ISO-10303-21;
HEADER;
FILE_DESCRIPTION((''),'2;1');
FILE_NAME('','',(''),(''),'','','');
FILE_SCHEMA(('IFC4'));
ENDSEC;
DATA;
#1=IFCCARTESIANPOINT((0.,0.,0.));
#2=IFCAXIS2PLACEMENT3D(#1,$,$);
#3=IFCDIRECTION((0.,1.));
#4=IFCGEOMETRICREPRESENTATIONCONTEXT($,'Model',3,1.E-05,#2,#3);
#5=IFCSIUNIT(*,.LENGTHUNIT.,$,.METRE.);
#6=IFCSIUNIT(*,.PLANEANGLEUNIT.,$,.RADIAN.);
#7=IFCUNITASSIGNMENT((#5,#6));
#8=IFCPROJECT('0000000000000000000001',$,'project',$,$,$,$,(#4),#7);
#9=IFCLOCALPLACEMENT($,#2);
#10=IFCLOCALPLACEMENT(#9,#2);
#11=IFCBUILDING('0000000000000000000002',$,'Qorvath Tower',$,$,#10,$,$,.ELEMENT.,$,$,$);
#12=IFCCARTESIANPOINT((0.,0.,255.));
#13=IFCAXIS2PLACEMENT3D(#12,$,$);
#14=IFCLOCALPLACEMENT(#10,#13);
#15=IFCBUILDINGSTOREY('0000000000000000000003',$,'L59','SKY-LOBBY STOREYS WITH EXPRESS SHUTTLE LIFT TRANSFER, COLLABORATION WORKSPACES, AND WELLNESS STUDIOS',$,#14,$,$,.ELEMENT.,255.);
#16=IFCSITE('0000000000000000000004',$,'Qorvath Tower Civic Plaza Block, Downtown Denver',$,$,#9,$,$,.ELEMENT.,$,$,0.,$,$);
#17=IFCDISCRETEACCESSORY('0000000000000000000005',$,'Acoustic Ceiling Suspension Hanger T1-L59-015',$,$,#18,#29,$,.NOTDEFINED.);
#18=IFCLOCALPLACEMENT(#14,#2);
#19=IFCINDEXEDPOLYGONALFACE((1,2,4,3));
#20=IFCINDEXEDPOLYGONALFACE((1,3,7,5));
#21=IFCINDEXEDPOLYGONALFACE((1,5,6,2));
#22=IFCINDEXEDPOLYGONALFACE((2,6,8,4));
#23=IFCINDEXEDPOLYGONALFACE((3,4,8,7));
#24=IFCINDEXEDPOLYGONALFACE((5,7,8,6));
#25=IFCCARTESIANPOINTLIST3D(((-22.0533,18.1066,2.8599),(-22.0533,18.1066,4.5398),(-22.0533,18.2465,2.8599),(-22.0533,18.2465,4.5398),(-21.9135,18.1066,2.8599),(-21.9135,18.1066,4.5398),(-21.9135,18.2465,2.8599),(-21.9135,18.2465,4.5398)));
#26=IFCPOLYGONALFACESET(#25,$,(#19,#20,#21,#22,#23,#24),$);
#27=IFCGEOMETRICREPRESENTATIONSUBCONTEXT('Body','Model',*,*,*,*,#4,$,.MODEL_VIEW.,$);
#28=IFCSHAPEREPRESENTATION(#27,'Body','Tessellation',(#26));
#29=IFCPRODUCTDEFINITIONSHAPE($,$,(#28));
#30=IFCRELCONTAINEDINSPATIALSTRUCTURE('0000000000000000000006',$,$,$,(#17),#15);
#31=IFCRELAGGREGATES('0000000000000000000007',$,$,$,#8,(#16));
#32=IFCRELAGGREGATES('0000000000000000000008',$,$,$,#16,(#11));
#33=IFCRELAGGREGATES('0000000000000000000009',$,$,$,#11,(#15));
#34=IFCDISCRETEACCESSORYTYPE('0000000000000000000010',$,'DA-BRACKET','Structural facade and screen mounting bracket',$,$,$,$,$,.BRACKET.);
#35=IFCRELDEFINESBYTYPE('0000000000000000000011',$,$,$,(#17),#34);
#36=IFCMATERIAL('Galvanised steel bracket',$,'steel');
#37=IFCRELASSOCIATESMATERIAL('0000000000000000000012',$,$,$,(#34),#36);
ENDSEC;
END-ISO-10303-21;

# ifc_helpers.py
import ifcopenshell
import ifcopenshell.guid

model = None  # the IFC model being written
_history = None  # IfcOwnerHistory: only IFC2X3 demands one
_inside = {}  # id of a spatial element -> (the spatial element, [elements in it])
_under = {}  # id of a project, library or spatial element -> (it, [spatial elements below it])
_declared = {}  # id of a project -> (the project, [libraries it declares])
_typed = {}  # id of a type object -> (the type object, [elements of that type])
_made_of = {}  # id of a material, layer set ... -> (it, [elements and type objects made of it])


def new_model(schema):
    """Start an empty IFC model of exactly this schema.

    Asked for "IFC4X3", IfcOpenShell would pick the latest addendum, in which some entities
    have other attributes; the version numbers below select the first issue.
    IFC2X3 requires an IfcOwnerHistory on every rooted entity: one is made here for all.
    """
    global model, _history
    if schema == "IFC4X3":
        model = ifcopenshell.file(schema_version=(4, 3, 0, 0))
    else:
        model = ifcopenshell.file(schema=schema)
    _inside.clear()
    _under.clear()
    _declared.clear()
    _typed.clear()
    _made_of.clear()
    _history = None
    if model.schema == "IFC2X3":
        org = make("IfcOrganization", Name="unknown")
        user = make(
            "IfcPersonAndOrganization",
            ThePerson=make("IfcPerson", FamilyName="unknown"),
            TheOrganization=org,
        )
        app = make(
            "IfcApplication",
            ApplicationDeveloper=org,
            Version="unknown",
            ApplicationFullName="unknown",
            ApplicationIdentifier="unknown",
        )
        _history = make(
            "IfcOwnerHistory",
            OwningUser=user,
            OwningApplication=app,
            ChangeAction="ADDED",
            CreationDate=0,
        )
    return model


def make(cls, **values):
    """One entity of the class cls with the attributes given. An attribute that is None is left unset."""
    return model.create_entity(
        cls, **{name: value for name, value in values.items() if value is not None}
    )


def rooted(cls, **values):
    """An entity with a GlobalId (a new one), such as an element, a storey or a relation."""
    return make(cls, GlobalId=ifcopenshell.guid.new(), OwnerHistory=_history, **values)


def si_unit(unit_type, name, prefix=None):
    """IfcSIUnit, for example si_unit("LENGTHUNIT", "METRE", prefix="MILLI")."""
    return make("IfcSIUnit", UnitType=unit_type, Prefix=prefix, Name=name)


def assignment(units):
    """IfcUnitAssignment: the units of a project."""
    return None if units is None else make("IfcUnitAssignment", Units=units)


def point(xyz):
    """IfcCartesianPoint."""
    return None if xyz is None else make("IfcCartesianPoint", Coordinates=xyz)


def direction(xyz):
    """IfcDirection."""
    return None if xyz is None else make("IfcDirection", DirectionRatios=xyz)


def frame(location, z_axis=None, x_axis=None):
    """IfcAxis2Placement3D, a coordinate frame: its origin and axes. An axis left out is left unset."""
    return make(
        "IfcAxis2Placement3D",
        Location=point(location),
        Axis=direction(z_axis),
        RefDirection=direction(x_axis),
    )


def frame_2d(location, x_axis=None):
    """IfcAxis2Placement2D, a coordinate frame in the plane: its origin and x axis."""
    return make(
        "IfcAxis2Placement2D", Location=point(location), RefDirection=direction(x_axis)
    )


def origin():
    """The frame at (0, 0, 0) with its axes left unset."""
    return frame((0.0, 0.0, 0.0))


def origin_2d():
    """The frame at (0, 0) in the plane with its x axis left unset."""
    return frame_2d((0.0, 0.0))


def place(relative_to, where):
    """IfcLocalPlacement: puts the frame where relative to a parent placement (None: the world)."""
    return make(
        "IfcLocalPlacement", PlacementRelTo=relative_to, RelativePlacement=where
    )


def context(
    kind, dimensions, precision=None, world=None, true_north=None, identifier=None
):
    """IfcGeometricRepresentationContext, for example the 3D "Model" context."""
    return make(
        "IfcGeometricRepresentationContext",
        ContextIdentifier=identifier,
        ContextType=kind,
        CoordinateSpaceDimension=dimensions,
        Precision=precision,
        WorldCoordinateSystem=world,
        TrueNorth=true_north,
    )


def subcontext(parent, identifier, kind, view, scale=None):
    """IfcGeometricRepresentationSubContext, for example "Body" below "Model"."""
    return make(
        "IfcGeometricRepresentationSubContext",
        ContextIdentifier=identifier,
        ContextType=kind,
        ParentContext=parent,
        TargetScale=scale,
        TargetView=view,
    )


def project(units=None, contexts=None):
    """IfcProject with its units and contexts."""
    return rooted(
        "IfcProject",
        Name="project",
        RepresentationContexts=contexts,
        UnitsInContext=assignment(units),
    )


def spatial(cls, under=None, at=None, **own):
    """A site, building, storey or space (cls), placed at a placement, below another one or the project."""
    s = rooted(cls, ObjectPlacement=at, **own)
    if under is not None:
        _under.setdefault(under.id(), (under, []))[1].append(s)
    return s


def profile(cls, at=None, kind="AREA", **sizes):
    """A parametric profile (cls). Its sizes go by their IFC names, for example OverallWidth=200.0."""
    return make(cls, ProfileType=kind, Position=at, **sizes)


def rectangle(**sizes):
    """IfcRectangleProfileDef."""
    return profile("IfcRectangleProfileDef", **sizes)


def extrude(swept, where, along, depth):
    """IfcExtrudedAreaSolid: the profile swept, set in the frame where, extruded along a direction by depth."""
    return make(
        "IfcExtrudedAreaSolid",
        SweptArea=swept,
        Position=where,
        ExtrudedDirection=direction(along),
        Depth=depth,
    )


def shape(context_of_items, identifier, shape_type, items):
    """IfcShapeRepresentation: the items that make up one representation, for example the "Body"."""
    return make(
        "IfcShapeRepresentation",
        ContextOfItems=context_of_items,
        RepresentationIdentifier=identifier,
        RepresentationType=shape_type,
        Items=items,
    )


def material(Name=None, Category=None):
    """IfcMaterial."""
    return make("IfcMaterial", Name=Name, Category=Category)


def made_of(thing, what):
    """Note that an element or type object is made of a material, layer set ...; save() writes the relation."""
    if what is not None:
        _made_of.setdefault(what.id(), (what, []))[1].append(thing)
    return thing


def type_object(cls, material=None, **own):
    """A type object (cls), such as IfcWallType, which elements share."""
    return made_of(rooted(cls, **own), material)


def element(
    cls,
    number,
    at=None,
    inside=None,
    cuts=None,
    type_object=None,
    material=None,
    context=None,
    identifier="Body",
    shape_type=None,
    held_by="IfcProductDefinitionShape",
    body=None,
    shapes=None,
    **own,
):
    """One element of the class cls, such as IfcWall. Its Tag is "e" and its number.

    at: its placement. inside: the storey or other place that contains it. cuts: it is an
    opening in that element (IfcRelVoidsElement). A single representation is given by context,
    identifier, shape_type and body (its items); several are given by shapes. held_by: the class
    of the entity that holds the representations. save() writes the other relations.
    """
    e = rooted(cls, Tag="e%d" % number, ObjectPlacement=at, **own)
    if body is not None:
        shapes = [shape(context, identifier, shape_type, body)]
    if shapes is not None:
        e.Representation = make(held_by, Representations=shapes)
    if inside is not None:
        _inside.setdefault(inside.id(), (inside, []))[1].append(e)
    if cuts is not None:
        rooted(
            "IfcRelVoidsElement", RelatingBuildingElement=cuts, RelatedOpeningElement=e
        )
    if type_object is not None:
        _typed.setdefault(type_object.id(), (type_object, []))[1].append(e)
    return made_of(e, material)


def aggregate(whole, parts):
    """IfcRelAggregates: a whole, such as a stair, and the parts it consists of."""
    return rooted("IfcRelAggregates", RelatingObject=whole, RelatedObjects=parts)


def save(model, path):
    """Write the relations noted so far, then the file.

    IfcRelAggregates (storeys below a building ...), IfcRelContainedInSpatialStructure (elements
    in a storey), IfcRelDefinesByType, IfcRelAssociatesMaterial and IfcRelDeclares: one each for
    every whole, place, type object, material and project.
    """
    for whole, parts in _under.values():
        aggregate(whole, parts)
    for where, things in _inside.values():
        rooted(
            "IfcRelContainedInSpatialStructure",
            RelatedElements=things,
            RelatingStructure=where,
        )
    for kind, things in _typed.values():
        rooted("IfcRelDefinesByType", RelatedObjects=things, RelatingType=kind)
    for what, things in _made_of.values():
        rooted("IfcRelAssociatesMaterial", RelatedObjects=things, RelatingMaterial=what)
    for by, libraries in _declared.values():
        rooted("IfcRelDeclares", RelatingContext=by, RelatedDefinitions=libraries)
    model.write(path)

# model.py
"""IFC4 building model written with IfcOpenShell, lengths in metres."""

from ifc_helpers import new_model, si_unit, direction, frame, origin, origin_2d, place, context, subcontext, project, spatial, rectangle, extrude, material, type_object, element, save


model = new_model("IFC4")

# Units and contexts
model_context = context("Model", 3, precision=1e-05, world=origin(), true_north=direction((0.0, 1.0)))
body_context = subcontext(model_context, "Body", "Model", "MODEL_VIEW")
ifc_project = project(units=[si_unit("LENGTHUNIT", "METRE"), si_unit("PLANEANGLEUNIT", "RADIAN")], contexts=[model_context])

# Site, building, storey
site_placement = place(None, origin())
site = spatial("IfcSite", under=ifc_project, at=site_placement, Name="Qorvath Tower Civic Plaza Block, Downtown Denver", CompositionType="ELEMENT", RefElevation=0.0)
building_placement = place(site_placement, origin())
building = spatial("IfcBuilding", under=site, at=building_placement, Name="Qorvath Tower", CompositionType="ELEMENT")
storey_placement = place(building_placement, frame((0.0, 0.0, 255.0)))
storey = spatial("IfcBuildingStorey", under=building, at=storey_placement, Name="L59", Description="SKY-LOBBY STOREYS WITH EXPRESS SHUTTLE LIFT TRANSFER, COLLABORATION WORKSPACES, AND WELLNESS STUDIOS", CompositionType="ELEMENT", Elevation=255.0)

# Discrete accessory
ifc_material_1 = material(Name="Galvanised steel bracket", Category="steel")
discrete_accessory_type = type_object("IfcDiscreteAccessoryType", Name="DA-BRACKET", Description="Structural facade and screen mounting bracket", PredefinedType="BRACKET", material=ifc_material_1)
discrete_accessory_placement = place(storey_placement, frame((-21.9834, 18.1765, 2.8599), z_axis=(0.0, 0.0, 1.0), x_axis=(1.0, 0.0, 0.0)))
element("IfcDiscreteAccessory", 1, at=discrete_accessory_placement, inside=storey, type_object=discrete_accessory_type, Name="Acoustic Ceiling Suspension Hanger T1-L59-015", PredefinedType="NOTDEFINED", context=body_context, shape_type="SweptSolid", body=[
    extrude(rectangle(XDim=0.1399, YDim=0.1399, at=origin_2d()), origin(), (0.0, 0.0, 1.0), 1.6799),
])

save(model, "model.ifc")
